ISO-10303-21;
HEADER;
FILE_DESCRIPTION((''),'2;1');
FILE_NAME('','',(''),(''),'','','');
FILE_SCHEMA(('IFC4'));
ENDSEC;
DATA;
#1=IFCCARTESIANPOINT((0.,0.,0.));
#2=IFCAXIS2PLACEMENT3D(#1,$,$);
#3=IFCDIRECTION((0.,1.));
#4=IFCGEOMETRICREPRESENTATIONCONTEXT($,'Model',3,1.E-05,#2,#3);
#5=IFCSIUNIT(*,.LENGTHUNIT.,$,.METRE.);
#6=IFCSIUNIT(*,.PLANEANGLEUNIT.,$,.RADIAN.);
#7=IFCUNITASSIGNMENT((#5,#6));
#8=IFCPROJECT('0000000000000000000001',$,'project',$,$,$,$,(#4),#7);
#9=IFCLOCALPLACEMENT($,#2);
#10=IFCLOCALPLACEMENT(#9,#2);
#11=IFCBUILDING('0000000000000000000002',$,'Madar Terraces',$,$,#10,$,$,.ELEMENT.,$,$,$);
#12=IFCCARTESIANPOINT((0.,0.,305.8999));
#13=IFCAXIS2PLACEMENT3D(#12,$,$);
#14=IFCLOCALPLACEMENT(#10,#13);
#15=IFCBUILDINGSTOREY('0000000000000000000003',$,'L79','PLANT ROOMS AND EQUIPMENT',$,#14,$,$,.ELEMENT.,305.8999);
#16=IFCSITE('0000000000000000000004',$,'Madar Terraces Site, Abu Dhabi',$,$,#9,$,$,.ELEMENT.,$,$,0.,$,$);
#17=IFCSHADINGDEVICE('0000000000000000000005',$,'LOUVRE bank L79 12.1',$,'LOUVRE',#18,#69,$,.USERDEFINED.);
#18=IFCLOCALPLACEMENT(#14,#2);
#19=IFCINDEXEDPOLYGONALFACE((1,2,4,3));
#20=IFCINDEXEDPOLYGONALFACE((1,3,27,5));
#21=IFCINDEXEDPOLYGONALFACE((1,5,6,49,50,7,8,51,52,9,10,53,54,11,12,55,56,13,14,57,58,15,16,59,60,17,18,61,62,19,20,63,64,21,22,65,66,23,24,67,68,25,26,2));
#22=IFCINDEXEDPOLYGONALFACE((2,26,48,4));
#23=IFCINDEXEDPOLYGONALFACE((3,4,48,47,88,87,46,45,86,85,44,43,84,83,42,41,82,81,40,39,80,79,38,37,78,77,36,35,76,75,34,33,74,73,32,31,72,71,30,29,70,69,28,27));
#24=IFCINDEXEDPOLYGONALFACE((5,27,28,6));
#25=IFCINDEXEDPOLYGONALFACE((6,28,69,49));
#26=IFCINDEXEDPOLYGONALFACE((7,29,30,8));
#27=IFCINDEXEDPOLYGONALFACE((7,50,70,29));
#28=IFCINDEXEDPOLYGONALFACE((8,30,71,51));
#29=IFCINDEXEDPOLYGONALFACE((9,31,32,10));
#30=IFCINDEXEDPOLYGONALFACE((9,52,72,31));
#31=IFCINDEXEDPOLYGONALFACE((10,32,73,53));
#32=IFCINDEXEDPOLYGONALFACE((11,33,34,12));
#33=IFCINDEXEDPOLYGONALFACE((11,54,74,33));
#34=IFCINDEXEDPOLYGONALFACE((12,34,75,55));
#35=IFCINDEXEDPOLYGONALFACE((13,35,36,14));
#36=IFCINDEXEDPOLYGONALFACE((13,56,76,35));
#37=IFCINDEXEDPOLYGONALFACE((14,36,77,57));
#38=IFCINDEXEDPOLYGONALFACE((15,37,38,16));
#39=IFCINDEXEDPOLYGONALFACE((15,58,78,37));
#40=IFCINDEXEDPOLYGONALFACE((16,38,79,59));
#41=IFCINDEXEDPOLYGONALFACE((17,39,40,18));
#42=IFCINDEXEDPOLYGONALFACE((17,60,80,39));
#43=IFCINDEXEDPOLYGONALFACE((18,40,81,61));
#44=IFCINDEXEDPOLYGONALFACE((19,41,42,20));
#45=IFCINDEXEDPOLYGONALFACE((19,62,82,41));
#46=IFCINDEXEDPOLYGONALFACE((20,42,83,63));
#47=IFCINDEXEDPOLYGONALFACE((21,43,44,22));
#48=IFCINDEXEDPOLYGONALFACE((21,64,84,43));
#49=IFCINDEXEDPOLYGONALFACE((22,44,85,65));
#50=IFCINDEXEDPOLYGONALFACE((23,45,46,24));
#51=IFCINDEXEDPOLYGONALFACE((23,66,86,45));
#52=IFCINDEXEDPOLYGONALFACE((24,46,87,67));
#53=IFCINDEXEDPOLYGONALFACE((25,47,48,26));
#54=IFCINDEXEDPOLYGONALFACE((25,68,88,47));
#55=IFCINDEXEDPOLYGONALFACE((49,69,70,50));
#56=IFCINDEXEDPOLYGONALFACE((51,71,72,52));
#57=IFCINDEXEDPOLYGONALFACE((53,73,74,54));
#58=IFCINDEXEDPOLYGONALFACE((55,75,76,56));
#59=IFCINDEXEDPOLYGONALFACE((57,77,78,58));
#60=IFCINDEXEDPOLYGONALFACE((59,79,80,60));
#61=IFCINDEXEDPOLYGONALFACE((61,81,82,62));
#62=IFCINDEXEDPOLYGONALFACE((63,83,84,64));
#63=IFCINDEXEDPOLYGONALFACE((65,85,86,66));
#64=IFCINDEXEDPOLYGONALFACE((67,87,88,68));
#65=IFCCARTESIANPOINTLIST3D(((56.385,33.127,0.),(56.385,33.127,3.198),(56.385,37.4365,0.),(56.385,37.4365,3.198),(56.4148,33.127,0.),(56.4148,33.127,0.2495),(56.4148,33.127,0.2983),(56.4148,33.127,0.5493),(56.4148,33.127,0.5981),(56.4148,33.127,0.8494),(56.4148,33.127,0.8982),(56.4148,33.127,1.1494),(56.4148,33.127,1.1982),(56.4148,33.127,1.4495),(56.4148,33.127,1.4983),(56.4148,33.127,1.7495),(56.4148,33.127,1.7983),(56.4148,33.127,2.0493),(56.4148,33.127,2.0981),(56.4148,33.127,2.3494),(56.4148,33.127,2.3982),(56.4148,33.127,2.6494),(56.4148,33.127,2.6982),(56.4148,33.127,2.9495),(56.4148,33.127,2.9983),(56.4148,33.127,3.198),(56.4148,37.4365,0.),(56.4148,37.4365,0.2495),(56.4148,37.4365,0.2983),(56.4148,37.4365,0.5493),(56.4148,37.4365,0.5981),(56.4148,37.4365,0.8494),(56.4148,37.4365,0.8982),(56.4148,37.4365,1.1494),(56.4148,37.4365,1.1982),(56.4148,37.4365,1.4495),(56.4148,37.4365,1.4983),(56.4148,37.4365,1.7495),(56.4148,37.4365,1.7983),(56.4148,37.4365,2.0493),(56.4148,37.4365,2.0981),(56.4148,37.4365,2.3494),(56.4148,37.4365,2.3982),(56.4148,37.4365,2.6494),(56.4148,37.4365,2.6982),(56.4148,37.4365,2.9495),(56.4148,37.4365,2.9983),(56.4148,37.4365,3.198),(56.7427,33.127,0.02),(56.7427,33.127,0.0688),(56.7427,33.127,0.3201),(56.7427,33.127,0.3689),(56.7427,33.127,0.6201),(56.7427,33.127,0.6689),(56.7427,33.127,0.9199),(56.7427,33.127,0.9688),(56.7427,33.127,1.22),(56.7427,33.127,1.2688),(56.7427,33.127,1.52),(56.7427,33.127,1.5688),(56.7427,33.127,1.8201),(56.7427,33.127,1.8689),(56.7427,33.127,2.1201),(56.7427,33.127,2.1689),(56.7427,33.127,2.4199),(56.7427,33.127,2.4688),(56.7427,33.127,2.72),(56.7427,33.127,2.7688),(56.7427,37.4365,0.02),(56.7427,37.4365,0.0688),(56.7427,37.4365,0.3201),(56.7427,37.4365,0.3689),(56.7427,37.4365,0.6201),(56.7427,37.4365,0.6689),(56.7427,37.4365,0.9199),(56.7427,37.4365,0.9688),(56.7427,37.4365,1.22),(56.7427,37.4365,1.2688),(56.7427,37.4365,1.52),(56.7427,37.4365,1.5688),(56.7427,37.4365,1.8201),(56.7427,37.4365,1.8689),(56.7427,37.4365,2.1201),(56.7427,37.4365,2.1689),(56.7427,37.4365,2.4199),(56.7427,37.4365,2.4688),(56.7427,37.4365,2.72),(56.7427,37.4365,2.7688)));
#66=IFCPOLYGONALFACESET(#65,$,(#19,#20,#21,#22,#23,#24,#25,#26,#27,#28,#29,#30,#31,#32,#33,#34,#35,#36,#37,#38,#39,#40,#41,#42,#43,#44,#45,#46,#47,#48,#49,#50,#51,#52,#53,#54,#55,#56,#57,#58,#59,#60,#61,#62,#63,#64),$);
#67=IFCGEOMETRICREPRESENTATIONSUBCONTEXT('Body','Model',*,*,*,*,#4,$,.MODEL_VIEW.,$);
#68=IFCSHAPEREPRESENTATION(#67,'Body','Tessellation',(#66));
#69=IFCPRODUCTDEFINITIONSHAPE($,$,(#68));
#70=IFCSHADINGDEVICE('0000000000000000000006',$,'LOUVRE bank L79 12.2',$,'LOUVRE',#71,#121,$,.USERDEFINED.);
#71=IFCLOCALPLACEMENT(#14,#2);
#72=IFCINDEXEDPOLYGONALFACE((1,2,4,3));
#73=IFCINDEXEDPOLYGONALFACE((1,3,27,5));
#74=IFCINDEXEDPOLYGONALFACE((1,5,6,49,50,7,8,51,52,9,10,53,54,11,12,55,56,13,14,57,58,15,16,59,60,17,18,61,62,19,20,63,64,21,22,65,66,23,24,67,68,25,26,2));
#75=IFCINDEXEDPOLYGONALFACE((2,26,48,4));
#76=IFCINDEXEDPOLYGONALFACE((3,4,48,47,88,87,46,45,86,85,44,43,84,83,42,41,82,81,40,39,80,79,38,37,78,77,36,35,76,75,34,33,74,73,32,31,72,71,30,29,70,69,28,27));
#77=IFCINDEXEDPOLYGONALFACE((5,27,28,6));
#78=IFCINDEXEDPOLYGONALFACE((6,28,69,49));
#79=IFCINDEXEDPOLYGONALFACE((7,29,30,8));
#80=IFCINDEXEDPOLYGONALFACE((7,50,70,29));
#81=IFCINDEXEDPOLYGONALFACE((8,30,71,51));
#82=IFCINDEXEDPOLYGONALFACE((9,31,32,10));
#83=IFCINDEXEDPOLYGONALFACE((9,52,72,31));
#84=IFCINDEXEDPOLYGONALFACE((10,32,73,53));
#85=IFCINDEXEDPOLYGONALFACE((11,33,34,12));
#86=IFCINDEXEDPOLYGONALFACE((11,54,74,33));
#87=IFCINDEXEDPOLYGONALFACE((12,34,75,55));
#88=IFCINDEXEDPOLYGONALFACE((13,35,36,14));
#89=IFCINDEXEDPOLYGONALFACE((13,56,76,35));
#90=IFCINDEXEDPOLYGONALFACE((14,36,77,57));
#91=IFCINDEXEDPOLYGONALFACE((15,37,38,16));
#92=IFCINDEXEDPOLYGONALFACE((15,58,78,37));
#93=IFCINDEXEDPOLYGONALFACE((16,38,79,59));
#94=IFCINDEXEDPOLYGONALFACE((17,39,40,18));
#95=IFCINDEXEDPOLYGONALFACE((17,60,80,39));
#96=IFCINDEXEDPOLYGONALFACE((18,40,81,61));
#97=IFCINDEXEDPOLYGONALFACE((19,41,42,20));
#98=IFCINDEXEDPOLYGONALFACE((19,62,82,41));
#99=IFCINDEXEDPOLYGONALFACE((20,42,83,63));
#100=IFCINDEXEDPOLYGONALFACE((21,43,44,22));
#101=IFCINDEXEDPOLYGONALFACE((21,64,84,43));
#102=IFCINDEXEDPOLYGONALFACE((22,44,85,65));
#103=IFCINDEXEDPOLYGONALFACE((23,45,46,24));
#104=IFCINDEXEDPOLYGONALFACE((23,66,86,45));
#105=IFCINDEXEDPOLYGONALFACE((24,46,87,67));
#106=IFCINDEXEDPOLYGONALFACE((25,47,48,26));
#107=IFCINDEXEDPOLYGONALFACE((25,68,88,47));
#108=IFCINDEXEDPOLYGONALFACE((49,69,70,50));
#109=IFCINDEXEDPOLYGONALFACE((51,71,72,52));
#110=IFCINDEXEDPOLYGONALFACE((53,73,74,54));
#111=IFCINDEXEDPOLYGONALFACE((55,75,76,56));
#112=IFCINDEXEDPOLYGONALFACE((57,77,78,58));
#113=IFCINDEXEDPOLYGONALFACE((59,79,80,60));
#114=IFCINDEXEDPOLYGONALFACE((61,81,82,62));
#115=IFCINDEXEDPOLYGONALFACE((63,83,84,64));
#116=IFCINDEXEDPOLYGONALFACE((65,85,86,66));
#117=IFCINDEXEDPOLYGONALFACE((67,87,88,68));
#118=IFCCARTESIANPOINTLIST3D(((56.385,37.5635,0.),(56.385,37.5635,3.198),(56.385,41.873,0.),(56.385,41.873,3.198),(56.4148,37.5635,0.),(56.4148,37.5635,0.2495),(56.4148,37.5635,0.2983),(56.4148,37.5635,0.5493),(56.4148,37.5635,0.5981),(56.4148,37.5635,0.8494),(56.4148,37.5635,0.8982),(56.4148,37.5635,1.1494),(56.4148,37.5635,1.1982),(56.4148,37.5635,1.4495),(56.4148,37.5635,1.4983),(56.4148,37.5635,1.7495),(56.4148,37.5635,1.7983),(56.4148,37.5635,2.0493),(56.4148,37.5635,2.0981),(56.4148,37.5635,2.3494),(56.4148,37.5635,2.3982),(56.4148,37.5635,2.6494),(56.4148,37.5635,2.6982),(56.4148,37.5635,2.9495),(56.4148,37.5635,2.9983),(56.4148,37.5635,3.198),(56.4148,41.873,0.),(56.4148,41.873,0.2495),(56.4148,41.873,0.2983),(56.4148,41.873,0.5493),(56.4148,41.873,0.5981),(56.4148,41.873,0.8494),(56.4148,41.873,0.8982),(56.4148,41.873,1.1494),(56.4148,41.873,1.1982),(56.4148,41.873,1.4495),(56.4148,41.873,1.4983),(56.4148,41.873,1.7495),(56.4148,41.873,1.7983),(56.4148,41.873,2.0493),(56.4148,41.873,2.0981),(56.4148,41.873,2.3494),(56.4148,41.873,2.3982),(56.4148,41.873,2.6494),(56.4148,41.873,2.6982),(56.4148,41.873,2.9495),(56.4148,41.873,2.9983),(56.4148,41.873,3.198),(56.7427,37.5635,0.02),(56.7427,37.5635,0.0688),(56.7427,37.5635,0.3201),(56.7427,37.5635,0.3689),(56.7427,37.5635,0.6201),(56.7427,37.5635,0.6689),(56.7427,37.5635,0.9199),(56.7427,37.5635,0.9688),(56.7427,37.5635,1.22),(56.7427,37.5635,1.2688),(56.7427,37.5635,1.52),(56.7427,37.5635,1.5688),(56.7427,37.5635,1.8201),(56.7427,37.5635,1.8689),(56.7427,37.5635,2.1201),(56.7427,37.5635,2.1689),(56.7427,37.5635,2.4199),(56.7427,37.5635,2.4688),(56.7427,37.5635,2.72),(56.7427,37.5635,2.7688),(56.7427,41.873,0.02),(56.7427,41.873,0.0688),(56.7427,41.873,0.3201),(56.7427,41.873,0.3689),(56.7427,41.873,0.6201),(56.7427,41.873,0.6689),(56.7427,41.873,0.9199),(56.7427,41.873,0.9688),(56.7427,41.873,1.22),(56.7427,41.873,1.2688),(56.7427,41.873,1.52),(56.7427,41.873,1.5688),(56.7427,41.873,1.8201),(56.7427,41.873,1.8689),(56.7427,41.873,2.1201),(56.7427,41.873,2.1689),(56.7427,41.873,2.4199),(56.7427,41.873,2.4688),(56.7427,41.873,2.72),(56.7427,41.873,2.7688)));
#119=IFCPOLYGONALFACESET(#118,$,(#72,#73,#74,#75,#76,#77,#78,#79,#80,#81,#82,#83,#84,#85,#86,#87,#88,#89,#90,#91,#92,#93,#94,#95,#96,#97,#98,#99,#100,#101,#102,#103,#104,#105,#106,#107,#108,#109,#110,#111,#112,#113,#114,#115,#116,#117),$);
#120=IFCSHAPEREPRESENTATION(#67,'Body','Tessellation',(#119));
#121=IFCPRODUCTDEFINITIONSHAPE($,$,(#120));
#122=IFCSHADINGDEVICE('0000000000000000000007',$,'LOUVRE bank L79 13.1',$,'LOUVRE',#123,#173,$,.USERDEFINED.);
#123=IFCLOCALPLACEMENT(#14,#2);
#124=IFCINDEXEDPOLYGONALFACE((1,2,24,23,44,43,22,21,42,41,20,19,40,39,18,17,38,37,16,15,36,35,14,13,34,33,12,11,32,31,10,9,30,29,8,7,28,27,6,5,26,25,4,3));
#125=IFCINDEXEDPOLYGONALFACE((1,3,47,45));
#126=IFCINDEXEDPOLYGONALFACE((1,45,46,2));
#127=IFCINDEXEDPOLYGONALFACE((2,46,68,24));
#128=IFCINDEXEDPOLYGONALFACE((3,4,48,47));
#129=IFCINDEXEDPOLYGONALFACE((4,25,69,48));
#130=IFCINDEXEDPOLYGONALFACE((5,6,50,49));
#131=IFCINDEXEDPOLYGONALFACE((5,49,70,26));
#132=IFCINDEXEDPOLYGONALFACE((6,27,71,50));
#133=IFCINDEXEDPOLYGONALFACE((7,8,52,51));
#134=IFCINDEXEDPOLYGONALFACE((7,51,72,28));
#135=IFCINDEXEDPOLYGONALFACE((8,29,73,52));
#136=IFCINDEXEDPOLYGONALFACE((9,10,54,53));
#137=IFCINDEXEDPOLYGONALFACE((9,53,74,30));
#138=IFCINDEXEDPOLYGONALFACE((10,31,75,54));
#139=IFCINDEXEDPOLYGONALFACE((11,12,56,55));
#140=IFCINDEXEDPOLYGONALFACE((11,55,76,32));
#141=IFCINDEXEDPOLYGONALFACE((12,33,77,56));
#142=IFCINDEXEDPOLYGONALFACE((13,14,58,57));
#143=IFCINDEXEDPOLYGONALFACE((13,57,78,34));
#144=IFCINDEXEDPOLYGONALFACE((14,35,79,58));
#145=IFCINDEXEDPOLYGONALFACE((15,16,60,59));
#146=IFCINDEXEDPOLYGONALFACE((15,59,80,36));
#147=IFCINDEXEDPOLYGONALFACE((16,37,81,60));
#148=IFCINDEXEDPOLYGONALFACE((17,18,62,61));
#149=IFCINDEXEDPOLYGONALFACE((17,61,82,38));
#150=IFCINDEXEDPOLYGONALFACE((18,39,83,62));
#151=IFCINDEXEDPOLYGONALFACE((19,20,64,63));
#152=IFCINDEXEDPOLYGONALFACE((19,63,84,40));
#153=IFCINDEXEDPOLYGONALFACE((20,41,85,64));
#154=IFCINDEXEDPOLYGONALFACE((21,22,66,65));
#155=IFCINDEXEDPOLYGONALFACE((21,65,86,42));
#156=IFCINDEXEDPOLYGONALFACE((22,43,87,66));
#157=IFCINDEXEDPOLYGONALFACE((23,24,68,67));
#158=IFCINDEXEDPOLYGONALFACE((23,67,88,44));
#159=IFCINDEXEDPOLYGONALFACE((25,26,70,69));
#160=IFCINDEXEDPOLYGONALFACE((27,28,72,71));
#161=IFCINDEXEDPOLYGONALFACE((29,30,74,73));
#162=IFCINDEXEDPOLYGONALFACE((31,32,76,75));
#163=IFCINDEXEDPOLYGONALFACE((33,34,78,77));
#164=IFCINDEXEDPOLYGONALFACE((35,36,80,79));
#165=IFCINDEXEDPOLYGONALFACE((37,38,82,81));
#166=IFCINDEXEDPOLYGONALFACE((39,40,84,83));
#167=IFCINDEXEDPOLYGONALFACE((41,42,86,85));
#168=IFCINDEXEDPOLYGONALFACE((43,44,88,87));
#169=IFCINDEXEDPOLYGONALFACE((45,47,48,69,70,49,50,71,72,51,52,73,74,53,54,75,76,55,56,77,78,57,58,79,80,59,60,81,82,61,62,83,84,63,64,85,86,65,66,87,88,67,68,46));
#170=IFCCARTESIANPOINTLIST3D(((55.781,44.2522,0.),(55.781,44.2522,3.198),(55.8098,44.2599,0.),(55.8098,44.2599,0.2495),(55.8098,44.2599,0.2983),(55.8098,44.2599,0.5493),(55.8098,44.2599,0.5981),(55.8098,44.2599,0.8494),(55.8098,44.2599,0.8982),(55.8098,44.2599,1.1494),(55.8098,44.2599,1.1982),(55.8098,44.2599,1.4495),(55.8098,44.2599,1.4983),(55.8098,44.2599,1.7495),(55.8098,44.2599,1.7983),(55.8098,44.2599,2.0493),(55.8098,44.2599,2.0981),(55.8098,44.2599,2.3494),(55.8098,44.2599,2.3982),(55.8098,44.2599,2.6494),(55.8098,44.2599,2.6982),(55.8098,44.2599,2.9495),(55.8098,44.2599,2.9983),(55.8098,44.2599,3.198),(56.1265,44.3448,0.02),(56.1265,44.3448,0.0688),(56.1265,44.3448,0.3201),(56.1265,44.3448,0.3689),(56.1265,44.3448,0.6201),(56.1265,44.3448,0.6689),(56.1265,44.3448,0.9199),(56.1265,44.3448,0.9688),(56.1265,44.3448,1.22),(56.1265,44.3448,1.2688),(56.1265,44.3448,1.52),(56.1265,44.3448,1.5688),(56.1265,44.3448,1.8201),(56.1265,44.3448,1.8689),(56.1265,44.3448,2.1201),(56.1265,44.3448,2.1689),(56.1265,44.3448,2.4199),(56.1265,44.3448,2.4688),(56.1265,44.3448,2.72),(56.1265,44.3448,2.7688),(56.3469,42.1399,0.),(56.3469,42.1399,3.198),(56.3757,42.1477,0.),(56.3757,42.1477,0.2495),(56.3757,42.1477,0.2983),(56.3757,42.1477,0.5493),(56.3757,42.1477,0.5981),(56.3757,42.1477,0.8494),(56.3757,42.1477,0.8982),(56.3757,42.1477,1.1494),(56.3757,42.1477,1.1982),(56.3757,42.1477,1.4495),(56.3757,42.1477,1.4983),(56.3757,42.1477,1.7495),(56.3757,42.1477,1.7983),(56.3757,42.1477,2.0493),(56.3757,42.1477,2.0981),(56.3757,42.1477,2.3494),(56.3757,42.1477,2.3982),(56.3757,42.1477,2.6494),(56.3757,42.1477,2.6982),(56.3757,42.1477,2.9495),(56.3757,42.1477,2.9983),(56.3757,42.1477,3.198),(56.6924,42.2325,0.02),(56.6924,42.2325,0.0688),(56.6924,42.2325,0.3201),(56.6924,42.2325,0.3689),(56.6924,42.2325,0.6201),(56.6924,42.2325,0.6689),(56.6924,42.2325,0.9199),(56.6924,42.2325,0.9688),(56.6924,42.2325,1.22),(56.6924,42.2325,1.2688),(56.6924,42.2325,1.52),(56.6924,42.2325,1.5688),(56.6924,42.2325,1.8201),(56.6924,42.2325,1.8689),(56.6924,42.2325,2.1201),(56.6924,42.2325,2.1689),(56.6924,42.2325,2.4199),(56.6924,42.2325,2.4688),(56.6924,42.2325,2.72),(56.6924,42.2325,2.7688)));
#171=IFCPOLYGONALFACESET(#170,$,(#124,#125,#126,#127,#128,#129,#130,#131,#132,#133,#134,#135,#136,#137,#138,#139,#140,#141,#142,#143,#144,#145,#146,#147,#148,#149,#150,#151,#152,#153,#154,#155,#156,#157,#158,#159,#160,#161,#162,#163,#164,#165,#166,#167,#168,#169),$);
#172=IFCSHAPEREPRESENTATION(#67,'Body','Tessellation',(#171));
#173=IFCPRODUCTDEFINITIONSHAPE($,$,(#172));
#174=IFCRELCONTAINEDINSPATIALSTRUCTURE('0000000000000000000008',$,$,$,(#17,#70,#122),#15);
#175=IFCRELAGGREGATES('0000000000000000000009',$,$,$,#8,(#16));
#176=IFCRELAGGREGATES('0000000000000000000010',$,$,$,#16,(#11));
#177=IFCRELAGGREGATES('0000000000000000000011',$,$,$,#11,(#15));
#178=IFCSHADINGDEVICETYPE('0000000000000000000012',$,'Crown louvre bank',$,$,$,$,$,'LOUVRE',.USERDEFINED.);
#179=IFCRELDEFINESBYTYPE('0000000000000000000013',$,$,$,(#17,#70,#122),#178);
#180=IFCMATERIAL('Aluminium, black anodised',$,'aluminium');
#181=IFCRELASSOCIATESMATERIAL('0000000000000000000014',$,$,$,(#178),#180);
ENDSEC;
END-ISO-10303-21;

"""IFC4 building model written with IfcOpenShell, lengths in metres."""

from ifc_helpers import new_model, si_unit, direction, frame, origin, place, context, subcontext, project, spatial, polyline, outline, extrude, material, type_object, element, save


model = new_model("IFC4")

# Units and contexts
model_context = context("Model", 3, precision=1e-05, world=origin(), true_north=direction((0.0, 1.0)))
body_context = subcontext(model_context, "Body", "Model", "MODEL_VIEW")
ifc_project = project(units=[si_unit("LENGTHUNIT", "METRE"), si_unit("PLANEANGLEUNIT", "RADIAN")], contexts=[model_context])

# Site, building, storey
site_placement = place(None, origin())
site = spatial("IfcSite", under=ifc_project, at=site_placement, Name="Madar Terraces Site, Abu Dhabi", CompositionType="ELEMENT", RefElevation=0.0)
building_placement = place(site_placement, origin())
building = spatial("IfcBuilding", under=site, at=building_placement, Name="Madar Terraces", CompositionType="ELEMENT")
storey_placement = place(building_placement, frame((0.0, 0.0, 305.8999)))
storey = spatial("IfcBuildingStorey", under=building, at=storey_placement, Name="L79", Description="PLANT ROOMS AND EQUIPMENT", CompositionType="ELEMENT", Elevation=305.8999)

# Shading devices
ifc_material_1 = material(Name="Aluminium, black anodised", Category="aluminium")
shading_device_type = type_object("IfcShadingDeviceType", Name="Crown louvre bank", ElementType="LOUVRE", PredefinedType="USERDEFINED", material=ifc_material_1)
for number, where, z_axis, x_axis, name in (
    (1, (56.3999, 33.127, 0.0), (0.0, 1.0, 0.0), (-1.0, 0.0, 0.0), "LOUVRE bank L79 12.1"),
    (2, (56.3999, 37.5635, 0.0), (0.0, 1.0, 0.0), (-1.0, 0.0, 0.0), "LOUVRE bank L79 12.2"),
):
    element("IfcShadingDevice", number, at=place(storey_placement, frame(where, z_axis=z_axis, x_axis=x_axis)), inside=storey, type_object=shading_device_type, Name=name, ObjectType="LOUVRE", PredefinedType="USERDEFINED", context=body_context, shape_type="SweptSolid", body=[
        extrude(outline(polyline([(0.0149, 0.0), (-0.0149, 0.0), (-0.0149, 0.2495), (-0.3428, 0.02), (-0.3428, 0.0688), (-0.0149, 0.2983), (-0.0149, 0.5493), (-0.3428, 0.3201), (-0.3428, 0.3689), (-0.0149, 0.5981), (-0.0149, 0.8494), (-0.3428, 0.6201), (-0.3428, 0.6689), (-0.0149, 0.8982), (-0.0149, 1.1494), (-0.3428, 0.9199), (-0.3428, 0.9688), (-0.0149, 1.1982), (-0.0149, 1.4495), (-0.3428, 1.22), (-0.3428, 1.2688), (-0.0149, 1.4983), (-0.0149, 1.7495), (-0.3428, 1.52), (-0.3428, 1.5688), (-0.0149, 1.7983), (-0.0149, 2.0493), (-0.3428, 1.8201), (-0.3428, 1.8689), (-0.0149, 2.0981), (-0.0149, 2.3494), (-0.3428, 2.1201), (-0.3428, 2.1689), (-0.0149, 2.3982), (-0.0149, 2.6494), (-0.3428, 2.4199), (-0.3428, 2.4688), (-0.0149, 2.6982), (-0.0149, 2.9495), (-0.3428, 2.72), (-0.3428, 2.7688), (-0.0149, 2.9983), (-0.0149, 3.198), (0.0149, 3.198), (0.0149, 0.0)])), origin(), (0.0, 0.0, 1.0), 4.3096),
    ])
shading_device_1_placement = place(storey_placement, frame((56.3613, 42.1438, 0.0), z_axis=(-0.258788, 0.965934, 0.0), x_axis=(-0.965934, -0.258788, 0.0)))
element("IfcShadingDevice", 3, at=shading_device_1_placement, inside=storey, type_object=shading_device_type, Name="LOUVRE bank L79 13.1", ObjectType="LOUVRE", PredefinedType="USERDEFINED", context=body_context, shape_type="SweptSolid", body=[
    extrude(outline(polyline([(0.0149, 0.0), (-0.0149, 0.0), (-0.0149, 0.2495), (-0.3428, 0.02), (-0.3428, 0.0688), (-0.0149, 0.2983), (-0.0149, 0.5493), (-0.3428, 0.3201), (-0.3428, 0.3689), (-0.0149, 0.5981), (-0.0149, 0.8494), (-0.3428, 0.6201), (-0.3428, 0.6689), (-0.0149, 0.8982), (-0.0149, 1.1494), (-0.3428, 0.9199), (-0.3428, 0.9688), (-0.0149, 1.1982), (-0.0149, 1.4495), (-0.3428, 1.22), (-0.3428, 1.2688), (-0.0149, 1.4983), (-0.0149, 1.7495), (-0.3428, 1.52), (-0.3428, 1.5688), (-0.0149, 1.7983), (-0.0149, 2.0493), (-0.3428, 1.8201), (-0.3428, 1.8689), (-0.0149, 2.0981), (-0.0149, 2.3494), (-0.3428, 2.1201), (-0.3428, 2.1689), (-0.0149, 2.3982), (-0.0149, 2.6494), (-0.3428, 2.4199), (-0.3428, 2.4688), (-0.0149, 2.6982), (-0.0149, 2.9495), (-0.3428, 2.72), (-0.3428, 2.7688), (-0.0149, 2.9983), (-0.0149, 3.198), (0.0149, 3.198), (0.0149, 0.0)])), origin(), (0.0, 0.0, 1.0), 2.1868),
])

save(model, "model.ifc")
